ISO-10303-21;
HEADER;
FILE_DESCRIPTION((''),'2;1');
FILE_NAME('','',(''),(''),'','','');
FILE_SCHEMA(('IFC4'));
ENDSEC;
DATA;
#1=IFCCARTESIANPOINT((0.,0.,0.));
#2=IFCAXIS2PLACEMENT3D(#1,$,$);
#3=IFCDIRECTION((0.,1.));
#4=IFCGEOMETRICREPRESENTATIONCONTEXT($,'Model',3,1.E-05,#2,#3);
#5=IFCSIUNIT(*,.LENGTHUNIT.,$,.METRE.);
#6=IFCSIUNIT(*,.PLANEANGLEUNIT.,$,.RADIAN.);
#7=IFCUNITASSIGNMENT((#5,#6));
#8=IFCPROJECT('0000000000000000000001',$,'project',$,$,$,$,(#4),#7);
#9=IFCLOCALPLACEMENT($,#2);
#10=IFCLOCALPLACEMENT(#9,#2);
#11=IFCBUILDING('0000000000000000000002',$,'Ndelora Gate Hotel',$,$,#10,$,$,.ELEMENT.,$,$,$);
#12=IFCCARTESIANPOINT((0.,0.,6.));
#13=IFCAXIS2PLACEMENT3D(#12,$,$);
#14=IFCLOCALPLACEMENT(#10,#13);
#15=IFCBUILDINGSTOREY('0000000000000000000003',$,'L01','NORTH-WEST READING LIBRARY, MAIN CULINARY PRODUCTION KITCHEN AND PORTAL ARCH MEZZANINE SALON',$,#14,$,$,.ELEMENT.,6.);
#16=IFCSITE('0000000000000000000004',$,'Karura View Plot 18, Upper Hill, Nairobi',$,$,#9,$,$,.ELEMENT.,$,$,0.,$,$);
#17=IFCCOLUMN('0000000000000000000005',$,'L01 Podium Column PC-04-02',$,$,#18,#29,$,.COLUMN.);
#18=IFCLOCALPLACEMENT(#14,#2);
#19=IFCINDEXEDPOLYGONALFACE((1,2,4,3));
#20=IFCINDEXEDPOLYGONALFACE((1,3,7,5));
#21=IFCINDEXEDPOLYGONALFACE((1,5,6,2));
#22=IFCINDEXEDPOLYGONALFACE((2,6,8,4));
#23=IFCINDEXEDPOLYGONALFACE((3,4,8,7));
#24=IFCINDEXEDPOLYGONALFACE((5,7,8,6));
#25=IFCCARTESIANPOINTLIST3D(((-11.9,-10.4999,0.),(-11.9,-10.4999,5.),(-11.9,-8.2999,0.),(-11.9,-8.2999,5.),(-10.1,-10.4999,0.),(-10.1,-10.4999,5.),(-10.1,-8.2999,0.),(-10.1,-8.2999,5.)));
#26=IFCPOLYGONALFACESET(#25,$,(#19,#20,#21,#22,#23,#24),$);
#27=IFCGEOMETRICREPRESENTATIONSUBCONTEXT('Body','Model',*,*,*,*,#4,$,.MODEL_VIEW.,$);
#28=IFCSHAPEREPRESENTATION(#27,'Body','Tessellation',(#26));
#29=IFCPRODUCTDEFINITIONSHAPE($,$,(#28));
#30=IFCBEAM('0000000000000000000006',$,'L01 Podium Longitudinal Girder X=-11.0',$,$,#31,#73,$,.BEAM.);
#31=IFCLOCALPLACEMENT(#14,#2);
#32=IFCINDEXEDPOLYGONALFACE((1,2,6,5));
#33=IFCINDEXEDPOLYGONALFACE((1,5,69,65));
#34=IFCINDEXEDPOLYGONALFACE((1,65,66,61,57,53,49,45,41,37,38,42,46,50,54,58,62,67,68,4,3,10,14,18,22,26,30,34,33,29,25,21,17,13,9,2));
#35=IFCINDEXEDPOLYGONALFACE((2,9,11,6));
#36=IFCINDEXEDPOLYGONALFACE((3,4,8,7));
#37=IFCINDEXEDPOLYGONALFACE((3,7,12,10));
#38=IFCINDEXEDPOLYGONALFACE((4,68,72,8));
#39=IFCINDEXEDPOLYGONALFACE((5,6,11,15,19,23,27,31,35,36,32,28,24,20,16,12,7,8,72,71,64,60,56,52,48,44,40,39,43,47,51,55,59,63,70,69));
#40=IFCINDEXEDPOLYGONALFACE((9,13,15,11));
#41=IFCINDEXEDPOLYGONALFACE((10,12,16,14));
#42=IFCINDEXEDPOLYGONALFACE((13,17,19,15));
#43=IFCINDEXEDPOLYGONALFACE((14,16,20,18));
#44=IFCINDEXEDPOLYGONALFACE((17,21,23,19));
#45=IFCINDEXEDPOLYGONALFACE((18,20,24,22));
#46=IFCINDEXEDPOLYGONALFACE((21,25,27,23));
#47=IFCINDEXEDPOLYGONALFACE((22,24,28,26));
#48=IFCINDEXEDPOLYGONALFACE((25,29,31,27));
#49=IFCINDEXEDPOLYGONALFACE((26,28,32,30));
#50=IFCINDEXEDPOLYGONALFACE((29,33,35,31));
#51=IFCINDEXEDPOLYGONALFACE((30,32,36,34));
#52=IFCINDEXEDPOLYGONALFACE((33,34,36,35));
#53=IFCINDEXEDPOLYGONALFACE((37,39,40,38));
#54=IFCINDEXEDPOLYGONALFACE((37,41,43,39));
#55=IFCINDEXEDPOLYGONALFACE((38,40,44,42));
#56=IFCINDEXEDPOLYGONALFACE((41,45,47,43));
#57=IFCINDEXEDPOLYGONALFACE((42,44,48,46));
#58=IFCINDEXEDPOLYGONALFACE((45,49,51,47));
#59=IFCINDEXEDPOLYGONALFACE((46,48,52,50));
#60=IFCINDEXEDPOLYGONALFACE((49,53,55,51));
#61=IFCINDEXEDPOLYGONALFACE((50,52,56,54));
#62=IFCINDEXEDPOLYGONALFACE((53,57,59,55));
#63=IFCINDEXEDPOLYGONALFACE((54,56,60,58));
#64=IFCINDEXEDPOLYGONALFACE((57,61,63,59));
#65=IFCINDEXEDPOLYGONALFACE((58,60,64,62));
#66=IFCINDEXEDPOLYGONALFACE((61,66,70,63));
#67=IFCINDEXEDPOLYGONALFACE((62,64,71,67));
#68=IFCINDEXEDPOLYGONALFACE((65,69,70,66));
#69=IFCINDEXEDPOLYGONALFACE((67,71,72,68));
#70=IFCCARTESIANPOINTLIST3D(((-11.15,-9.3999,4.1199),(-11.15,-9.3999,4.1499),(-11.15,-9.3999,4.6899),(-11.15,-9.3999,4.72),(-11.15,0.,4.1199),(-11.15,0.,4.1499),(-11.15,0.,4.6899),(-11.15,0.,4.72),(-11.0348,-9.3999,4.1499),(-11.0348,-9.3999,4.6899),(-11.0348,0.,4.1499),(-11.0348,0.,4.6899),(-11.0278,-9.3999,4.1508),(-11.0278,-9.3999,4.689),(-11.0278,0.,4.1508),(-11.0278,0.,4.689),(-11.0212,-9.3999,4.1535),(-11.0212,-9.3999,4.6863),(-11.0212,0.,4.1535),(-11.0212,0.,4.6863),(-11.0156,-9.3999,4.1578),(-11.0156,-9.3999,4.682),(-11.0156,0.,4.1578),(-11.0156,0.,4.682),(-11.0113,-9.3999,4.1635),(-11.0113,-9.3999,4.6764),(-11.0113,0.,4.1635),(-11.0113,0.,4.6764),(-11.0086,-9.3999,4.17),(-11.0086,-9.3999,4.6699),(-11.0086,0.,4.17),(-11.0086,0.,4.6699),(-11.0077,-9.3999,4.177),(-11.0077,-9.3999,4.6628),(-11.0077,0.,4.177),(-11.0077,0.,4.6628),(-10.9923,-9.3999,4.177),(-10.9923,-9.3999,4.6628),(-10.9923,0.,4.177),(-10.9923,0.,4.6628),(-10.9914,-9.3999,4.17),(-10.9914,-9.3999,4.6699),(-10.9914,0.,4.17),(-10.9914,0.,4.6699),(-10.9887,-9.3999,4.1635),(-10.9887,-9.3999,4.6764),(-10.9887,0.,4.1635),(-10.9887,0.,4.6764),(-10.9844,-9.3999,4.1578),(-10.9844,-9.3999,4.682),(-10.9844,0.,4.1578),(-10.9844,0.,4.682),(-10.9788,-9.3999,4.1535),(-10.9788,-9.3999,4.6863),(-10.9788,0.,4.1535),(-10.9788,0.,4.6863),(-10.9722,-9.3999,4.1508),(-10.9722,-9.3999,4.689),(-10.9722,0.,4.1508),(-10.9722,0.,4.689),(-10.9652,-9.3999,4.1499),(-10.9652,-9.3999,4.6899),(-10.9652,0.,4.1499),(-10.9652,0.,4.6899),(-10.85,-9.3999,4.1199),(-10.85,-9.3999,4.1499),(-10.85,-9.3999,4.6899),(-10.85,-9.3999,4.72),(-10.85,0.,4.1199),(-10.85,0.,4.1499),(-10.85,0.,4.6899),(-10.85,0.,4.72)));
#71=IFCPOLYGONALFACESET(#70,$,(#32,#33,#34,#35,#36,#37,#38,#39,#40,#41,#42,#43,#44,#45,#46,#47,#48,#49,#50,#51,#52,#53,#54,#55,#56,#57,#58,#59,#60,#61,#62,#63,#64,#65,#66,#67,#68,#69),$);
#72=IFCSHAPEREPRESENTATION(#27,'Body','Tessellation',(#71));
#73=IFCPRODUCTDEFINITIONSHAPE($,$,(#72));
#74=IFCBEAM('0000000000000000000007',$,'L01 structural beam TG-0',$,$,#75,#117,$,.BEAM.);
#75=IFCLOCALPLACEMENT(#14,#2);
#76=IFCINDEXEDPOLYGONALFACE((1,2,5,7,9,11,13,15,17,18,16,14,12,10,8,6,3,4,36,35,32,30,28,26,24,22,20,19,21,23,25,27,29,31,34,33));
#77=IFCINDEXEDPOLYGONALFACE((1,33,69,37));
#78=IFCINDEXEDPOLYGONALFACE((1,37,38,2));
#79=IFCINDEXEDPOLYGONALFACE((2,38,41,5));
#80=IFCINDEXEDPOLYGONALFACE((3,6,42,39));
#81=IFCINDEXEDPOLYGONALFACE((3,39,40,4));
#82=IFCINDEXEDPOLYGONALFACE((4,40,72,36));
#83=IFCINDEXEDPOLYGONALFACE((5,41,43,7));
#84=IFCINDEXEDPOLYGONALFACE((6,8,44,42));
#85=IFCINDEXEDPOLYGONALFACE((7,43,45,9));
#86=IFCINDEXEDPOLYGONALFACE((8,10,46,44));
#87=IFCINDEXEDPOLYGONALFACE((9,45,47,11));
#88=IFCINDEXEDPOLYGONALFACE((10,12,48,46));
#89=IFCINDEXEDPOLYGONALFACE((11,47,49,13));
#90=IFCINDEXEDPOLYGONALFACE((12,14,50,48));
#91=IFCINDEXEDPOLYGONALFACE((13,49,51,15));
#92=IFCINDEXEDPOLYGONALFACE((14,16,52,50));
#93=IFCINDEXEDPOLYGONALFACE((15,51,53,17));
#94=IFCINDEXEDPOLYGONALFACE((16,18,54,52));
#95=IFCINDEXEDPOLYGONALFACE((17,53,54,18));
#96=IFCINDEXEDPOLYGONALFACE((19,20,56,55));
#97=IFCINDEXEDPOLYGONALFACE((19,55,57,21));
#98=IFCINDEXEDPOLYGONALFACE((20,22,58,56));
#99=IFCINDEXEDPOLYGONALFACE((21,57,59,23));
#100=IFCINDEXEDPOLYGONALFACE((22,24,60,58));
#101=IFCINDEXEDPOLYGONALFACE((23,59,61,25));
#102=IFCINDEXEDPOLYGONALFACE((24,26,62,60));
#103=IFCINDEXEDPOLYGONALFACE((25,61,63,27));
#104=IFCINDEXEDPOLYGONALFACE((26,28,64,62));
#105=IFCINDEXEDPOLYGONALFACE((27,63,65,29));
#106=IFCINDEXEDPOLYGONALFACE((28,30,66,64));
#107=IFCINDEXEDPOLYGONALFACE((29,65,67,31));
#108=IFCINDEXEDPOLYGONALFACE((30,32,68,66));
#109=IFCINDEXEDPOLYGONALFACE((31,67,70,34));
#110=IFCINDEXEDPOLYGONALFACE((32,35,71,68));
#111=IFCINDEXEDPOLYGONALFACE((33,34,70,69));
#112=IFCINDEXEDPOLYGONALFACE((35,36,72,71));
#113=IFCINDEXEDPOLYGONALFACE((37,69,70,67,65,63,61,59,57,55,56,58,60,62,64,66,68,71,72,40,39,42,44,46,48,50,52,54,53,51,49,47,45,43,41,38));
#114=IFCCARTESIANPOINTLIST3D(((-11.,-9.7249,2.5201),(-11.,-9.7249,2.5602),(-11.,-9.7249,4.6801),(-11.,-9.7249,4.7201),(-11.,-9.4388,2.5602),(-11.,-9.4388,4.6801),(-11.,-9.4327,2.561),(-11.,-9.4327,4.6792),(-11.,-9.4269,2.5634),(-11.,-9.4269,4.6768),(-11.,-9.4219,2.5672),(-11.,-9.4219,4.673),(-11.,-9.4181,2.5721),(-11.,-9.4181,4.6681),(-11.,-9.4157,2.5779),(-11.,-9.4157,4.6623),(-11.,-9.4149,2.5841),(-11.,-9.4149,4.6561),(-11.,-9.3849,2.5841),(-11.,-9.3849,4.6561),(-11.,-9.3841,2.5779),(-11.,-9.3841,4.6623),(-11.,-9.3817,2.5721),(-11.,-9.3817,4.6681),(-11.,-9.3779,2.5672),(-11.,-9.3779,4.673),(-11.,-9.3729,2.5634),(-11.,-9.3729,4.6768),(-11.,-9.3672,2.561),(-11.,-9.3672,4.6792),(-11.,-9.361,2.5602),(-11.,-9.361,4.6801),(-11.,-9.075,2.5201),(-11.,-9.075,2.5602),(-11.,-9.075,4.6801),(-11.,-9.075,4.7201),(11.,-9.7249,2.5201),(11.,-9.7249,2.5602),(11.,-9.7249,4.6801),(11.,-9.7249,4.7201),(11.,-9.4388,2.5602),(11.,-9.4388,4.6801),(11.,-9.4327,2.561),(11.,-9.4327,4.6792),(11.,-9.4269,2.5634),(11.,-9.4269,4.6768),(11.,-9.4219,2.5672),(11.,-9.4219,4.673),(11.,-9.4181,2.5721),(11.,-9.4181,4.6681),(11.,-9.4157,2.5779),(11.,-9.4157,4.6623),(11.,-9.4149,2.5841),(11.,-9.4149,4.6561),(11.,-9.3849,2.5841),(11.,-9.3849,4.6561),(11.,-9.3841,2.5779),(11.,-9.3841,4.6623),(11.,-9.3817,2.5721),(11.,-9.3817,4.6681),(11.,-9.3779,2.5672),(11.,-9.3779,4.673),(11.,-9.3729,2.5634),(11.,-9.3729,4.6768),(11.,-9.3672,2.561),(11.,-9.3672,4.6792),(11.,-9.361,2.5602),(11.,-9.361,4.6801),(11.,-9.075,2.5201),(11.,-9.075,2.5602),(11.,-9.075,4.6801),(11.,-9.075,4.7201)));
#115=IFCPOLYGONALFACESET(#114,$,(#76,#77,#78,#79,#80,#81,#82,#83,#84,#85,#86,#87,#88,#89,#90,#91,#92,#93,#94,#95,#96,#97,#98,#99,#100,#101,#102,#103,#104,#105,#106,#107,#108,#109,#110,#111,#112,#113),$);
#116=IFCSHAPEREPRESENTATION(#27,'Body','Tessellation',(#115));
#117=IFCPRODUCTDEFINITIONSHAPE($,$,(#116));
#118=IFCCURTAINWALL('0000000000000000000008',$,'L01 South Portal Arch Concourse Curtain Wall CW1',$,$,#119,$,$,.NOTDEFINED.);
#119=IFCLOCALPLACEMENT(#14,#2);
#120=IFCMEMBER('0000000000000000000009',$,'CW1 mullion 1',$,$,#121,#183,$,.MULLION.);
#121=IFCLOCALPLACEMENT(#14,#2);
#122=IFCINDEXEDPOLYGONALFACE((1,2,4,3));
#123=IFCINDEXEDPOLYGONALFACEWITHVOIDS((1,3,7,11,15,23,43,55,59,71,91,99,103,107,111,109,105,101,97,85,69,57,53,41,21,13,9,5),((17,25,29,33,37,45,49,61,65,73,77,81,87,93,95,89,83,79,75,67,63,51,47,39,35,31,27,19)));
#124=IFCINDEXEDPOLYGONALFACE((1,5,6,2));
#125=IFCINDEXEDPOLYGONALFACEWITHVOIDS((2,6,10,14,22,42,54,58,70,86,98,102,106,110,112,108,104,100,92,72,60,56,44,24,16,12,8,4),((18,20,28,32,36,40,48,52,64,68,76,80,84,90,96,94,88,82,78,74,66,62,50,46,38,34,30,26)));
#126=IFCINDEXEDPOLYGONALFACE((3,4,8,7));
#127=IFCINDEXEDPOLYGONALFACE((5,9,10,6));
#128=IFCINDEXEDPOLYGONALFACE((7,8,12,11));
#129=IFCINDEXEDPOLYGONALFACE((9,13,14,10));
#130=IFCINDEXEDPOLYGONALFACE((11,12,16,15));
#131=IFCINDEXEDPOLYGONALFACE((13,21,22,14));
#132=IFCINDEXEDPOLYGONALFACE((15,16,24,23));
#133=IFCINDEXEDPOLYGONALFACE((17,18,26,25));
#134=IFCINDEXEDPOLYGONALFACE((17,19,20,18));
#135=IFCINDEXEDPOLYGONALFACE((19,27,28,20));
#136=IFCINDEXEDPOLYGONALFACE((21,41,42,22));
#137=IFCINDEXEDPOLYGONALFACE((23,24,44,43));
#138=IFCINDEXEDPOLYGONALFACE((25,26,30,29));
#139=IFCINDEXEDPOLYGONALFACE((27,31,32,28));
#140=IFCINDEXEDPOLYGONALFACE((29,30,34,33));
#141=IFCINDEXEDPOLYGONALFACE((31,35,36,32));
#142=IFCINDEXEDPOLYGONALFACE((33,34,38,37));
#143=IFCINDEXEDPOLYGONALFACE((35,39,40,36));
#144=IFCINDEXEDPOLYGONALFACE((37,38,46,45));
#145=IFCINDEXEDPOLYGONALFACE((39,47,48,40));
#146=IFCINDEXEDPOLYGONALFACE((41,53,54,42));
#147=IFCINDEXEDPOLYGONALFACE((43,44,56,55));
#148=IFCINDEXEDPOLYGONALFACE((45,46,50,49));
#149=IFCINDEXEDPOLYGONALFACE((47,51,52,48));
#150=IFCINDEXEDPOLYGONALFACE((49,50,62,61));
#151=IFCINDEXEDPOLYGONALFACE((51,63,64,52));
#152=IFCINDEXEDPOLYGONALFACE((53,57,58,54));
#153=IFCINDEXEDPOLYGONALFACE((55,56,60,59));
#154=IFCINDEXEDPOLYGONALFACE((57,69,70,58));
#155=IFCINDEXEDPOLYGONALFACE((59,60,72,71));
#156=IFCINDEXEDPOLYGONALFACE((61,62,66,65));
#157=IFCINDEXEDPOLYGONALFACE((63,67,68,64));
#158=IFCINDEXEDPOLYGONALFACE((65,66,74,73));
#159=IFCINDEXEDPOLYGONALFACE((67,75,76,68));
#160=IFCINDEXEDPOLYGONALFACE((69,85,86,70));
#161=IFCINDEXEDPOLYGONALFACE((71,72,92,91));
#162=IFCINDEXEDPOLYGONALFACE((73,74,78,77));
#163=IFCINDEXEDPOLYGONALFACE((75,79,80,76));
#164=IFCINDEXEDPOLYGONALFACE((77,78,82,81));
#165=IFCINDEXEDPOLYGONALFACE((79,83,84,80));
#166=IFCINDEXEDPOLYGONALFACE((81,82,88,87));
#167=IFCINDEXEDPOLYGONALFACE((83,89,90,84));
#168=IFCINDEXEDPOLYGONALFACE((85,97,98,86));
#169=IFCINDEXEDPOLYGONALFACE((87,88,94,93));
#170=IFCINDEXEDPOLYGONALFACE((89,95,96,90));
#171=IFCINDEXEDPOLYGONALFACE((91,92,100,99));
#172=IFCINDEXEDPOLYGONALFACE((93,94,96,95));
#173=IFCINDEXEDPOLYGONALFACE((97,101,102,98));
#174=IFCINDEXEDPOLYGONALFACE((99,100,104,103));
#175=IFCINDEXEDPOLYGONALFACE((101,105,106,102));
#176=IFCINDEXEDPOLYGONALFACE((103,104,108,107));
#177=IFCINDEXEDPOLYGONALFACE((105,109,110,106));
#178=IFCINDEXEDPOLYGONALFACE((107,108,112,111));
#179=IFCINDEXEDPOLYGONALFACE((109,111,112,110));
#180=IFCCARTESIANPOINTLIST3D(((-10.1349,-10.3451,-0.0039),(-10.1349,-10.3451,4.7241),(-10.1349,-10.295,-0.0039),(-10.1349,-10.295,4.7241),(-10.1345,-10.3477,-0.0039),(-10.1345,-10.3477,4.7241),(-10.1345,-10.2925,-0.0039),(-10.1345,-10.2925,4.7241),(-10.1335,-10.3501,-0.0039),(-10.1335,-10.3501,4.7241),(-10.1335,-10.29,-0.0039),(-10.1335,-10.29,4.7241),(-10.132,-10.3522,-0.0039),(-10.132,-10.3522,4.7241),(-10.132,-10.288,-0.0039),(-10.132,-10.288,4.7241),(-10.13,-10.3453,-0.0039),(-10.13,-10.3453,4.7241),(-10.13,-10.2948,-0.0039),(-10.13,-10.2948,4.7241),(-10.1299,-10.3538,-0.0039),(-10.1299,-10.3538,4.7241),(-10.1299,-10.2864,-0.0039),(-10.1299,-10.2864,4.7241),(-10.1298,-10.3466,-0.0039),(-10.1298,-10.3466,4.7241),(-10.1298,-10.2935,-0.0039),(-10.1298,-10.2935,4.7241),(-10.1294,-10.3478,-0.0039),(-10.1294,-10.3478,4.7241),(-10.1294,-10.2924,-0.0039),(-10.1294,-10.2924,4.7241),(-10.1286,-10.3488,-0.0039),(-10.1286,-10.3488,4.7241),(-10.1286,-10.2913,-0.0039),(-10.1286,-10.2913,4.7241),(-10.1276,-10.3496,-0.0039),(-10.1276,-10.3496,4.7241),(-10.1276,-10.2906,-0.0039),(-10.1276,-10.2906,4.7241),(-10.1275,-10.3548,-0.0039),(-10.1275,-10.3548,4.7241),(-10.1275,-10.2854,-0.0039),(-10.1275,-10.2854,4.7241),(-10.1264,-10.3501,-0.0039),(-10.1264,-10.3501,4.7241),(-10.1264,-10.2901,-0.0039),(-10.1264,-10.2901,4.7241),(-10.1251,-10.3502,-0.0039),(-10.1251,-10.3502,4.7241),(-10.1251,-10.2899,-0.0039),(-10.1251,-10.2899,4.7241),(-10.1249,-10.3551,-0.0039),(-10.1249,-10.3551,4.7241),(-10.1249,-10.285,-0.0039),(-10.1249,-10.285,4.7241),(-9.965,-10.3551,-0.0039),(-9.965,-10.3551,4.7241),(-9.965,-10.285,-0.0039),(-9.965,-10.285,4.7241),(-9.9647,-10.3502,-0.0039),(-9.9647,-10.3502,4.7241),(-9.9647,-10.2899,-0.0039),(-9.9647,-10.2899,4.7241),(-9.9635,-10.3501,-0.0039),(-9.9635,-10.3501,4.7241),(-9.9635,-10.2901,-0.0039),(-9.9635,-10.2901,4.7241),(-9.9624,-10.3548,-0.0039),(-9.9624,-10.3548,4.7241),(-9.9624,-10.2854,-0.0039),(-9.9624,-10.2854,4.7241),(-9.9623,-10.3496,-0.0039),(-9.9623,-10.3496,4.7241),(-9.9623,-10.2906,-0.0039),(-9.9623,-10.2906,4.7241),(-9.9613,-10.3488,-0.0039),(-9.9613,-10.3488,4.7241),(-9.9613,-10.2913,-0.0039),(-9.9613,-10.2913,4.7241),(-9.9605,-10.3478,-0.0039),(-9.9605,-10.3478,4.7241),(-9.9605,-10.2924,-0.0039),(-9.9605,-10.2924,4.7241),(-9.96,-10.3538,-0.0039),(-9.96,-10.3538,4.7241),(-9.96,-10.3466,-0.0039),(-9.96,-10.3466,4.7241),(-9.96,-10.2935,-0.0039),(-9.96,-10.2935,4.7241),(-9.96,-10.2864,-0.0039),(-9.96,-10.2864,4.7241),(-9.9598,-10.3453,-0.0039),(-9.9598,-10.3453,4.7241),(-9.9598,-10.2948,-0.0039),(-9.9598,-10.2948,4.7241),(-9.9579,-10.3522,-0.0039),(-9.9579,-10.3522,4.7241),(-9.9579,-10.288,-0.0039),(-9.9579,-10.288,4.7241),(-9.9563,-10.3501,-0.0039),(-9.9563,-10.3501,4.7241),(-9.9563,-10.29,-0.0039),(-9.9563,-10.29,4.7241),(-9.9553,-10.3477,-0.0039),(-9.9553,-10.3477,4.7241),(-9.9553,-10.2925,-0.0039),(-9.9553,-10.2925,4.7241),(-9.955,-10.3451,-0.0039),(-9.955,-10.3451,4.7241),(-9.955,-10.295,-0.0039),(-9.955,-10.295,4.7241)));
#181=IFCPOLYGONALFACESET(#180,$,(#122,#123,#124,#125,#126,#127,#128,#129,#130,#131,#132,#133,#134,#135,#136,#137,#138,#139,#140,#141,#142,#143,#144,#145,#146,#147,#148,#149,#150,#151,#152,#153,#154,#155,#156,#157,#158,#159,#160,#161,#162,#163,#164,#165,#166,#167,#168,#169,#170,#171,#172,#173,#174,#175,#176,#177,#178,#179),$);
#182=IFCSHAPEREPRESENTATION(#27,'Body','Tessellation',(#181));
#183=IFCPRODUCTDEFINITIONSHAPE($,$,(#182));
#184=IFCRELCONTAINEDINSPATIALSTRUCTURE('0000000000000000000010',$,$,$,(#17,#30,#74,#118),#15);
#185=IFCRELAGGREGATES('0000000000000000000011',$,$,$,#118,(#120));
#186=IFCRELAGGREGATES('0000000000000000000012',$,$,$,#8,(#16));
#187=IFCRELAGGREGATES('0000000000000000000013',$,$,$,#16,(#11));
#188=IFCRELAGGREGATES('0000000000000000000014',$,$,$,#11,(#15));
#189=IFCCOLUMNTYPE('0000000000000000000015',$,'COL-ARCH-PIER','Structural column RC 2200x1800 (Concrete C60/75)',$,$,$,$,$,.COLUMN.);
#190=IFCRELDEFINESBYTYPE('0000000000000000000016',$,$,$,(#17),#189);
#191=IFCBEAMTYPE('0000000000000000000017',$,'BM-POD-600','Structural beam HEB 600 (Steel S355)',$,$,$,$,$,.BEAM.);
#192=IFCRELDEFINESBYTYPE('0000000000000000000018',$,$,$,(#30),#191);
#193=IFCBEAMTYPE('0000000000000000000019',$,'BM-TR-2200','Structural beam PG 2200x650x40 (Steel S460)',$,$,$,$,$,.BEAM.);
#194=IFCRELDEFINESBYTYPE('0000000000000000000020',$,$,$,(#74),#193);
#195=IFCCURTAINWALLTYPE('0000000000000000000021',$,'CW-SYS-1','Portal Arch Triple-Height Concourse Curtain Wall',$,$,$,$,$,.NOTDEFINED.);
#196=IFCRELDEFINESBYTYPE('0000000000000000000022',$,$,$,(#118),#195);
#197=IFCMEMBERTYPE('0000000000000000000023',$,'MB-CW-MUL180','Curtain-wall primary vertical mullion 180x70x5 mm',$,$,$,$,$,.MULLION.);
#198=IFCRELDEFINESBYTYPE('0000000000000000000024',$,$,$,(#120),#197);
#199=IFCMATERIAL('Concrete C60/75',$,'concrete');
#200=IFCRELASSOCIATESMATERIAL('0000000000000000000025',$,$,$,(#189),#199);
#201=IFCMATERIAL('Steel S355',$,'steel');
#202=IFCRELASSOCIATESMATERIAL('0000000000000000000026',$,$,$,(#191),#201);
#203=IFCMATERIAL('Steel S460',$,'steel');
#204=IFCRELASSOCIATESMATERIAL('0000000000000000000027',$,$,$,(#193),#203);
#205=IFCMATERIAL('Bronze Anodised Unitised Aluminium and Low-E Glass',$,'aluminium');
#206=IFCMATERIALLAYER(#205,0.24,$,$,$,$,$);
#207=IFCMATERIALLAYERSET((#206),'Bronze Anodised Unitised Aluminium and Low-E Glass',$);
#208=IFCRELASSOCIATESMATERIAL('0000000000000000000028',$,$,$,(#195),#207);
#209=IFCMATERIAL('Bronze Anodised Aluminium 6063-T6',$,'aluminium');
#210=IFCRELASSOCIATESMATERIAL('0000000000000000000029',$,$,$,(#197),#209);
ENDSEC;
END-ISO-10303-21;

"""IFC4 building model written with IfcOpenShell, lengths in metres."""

from ifc_helpers import new_model, si_unit, direction, frame, origin, origin_2d, place, context, subcontext, project, spatial, rectangle, hollow_rectangle, i_section, extrude, material, layer, layer_set, material_profile, profile_set, type_object, element, aggregate, save


model = new_model("IFC4")

# Units and contexts
model_context = context("Model", 3, precision=1e-05, world=origin(), true_north=direction((0.0, 1.0)))
body_context = subcontext(model_context, "Body", "Model", "MODEL_VIEW")
ifc_project = project(units=[si_unit("LENGTHUNIT", "METRE"), si_unit("PLANEANGLEUNIT", "RADIAN")], contexts=[model_context])

# Site, building, storey
site_placement = place(None, origin())
site = spatial("IfcSite", under=ifc_project, at=site_placement, Name="Karura View Plot 18, Upper Hill, Nairobi", CompositionType="ELEMENT", RefElevation=0.0)
building_placement = place(site_placement, origin())
building = spatial("IfcBuilding", under=site, at=building_placement, Name="Ndelora Gate Hotel", CompositionType="ELEMENT")
storey_placement = place(building_placement, frame((0.0, 0.0, 6.0)))
storey = spatial("IfcBuildingStorey", under=building, at=storey_placement, Name="L01", Description="NORTH-WEST READING LIBRARY, MAIN CULINARY PRODUCTION KITCHEN AND PORTAL ARCH MEZZANINE SALON", CompositionType="ELEMENT", Elevation=6.0)

# Column
ifc_material_1 = material(Name="Concrete C60/75", Category="concrete")
ifc_material_profile_1 = material_profile(ifc_material_1, rectangle(XDim=1.8, YDim=2.2, at=origin_2d()), Name="RC 2200x1800")
ifc_profile_set_1 = profile_set([ifc_material_profile_1], Name="Concrete C60/75")
column_type = type_object("IfcColumnType", Name="COL-ARCH-PIER", Description="Structural column RC 2200x1800 (Concrete C60/75)", PredefinedType="COLUMN", material=ifc_profile_set_1)
column_placement = place(storey_placement, frame((-11.0, -9.3999, 0.0), z_axis=(0.0, 0.0, 1.0), x_axis=(1.0, 0.0, 0.0)))
element("IfcColumn", 1, at=column_placement, inside=storey, type_object=column_type, Name="L01 Podium Column PC-04-02", PredefinedType="COLUMN", context=body_context, shape_type="SweptSolid", body=[
    extrude(rectangle(XDim=1.8, YDim=2.2, at=origin_2d()), origin(), (0.0, 0.0, 1.0), 5.0),
])

# Beams
ifc_material_2 = material(Name="Steel S355", Category="steel")
ifc_material_profile_2 = material_profile(ifc_material_2, i_section(OverallWidth=0.3, OverallDepth=0.6001, WebThickness=0.0154, FlangeThickness=0.03, FilletRadius=0.0271, at=origin_2d()), Name="HEB 600")
ifc_profile_set_2 = profile_set([ifc_material_profile_2], Name="Steel S355")
beam_type_1 = type_object("IfcBeamType", Name="BM-POD-600", Description="Structural beam HEB 600 (Steel S355)", PredefinedType="BEAM", material=ifc_profile_set_2)
beam_1_placement = place(storey_placement, frame((-11.0, -9.3999, 4.4199), z_axis=(0.0, 1.0, 0.0), x_axis=(-1.0, 0.0, 0.0)))
element("IfcBeam", 2, at=beam_1_placement, inside=storey, type_object=beam_type_1, Name="L01 Podium Longitudinal Girder X=-11.0", PredefinedType="BEAM", context=body_context, shape_type="SweptSolid", body=[
    extrude(i_section(OverallWidth=0.3, OverallDepth=0.6001, WebThickness=0.0154, FlangeThickness=0.03, FilletRadius=0.0271, at=origin_2d()), origin(), (0.0, 0.0, 1.0), 9.3999),
])
ifc_material_3 = material(Name="Steel S460", Category="steel")
ifc_material_profile_3 = material_profile(ifc_material_3, i_section(OverallWidth=0.6499, OverallDepth=2.2, WebThickness=0.03, FlangeThickness=0.04, FilletRadius=0.0239, at=origin_2d()), Name="PG 2200x650x40")
ifc_profile_set_3 = profile_set([ifc_material_profile_3], Name="Steel S460")
beam_type_2 = type_object("IfcBeamType", Name="BM-TR-2200", Description="Structural beam PG 2200x650x40 (Steel S460)", PredefinedType="BEAM", material=ifc_profile_set_3)
beam_2_placement = place(storey_placement, frame((-11.0, -9.3999, 3.6201), z_axis=(1.0, 0.0, 0.0), x_axis=(0.0, 1.0, 0.0)))
element("IfcBeam", 3, at=beam_2_placement, inside=storey, type_object=beam_type_2, Name="L01 structural beam TG-0", PredefinedType="BEAM", context=body_context, shape_type="SweptSolid", body=[
    extrude(i_section(OverallWidth=0.6499, OverallDepth=2.2, WebThickness=0.03, FlangeThickness=0.04, FilletRadius=0.0239, at=origin_2d()), origin(), (0.0, 0.0, 1.0), 22.0),
])

# Curtain wall, member
ifc_material_4 = material(Name="Bronze Anodised Unitised Aluminium and Low-E Glass", Category="aluminium")
ifc_layer_1 = layer(ifc_material_4, 0.24)
ifc_layer_set_1 = layer_set([ifc_layer_1], Name="Bronze Anodised Unitised Aluminium and Low-E Glass")
curtain_wall_type = type_object("IfcCurtainWallType", Name="CW-SYS-1", Description="Portal Arch Triple-Height Concourse Curtain Wall", PredefinedType="NOTDEFINED", material=ifc_layer_set_1)
curtain_wall_placement = place(storey_placement, origin())
curtain_wall = element("IfcCurtainWall", 4, at=curtain_wall_placement, inside=storey, type_object=curtain_wall_type, Name="L01 South Portal Arch Concourse Curtain Wall CW1", PredefinedType="NOTDEFINED")
ifc_material_5 = material(Name="Bronze Anodised Aluminium 6063-T6", Category="aluminium")
ifc_material_profile_4 = material_profile(ifc_material_5, hollow_rectangle(XDim=0.0701, YDim=0.1799, WallThickness=0.0049, InnerFilletRadius=0.0049, OuterFilletRadius=0.01, at=origin_2d()), Name="ALU 180x70x5")
ifc_profile_set_4 = profile_set([ifc_material_profile_4], Name="Bronze Anodised Aluminium 6063-T6")
member_type_1 = type_object("IfcMemberType", Name="MB-CW-MUL180", Description="Curtain-wall primary vertical mullion 180x70x5 mm", PredefinedType="MULLION", material=ifc_profile_set_4)
member_1_placement = place(storey_placement, frame((-10.0449, -10.3201, -0.0039), z_axis=(0.0, 0.0, 1.0), x_axis=(0.0, 1.0, 0.0)))
member_1 = element("IfcMember", 5, at=member_1_placement, type_object=member_type_1, Name="CW1 mullion 1", PredefinedType="MULLION", context=body_context, shape_type="SweptSolid", body=[
    extrude(hollow_rectangle(XDim=0.0701, YDim=0.1799, WallThickness=0.0049, InnerFilletRadius=0.0049, OuterFilletRadius=0.01, at=origin_2d()), origin(), (0.0, 0.0, 1.0), 4.728),
])
aggregate(curtain_wall, [member_1])

save(model, "model.ifc")
